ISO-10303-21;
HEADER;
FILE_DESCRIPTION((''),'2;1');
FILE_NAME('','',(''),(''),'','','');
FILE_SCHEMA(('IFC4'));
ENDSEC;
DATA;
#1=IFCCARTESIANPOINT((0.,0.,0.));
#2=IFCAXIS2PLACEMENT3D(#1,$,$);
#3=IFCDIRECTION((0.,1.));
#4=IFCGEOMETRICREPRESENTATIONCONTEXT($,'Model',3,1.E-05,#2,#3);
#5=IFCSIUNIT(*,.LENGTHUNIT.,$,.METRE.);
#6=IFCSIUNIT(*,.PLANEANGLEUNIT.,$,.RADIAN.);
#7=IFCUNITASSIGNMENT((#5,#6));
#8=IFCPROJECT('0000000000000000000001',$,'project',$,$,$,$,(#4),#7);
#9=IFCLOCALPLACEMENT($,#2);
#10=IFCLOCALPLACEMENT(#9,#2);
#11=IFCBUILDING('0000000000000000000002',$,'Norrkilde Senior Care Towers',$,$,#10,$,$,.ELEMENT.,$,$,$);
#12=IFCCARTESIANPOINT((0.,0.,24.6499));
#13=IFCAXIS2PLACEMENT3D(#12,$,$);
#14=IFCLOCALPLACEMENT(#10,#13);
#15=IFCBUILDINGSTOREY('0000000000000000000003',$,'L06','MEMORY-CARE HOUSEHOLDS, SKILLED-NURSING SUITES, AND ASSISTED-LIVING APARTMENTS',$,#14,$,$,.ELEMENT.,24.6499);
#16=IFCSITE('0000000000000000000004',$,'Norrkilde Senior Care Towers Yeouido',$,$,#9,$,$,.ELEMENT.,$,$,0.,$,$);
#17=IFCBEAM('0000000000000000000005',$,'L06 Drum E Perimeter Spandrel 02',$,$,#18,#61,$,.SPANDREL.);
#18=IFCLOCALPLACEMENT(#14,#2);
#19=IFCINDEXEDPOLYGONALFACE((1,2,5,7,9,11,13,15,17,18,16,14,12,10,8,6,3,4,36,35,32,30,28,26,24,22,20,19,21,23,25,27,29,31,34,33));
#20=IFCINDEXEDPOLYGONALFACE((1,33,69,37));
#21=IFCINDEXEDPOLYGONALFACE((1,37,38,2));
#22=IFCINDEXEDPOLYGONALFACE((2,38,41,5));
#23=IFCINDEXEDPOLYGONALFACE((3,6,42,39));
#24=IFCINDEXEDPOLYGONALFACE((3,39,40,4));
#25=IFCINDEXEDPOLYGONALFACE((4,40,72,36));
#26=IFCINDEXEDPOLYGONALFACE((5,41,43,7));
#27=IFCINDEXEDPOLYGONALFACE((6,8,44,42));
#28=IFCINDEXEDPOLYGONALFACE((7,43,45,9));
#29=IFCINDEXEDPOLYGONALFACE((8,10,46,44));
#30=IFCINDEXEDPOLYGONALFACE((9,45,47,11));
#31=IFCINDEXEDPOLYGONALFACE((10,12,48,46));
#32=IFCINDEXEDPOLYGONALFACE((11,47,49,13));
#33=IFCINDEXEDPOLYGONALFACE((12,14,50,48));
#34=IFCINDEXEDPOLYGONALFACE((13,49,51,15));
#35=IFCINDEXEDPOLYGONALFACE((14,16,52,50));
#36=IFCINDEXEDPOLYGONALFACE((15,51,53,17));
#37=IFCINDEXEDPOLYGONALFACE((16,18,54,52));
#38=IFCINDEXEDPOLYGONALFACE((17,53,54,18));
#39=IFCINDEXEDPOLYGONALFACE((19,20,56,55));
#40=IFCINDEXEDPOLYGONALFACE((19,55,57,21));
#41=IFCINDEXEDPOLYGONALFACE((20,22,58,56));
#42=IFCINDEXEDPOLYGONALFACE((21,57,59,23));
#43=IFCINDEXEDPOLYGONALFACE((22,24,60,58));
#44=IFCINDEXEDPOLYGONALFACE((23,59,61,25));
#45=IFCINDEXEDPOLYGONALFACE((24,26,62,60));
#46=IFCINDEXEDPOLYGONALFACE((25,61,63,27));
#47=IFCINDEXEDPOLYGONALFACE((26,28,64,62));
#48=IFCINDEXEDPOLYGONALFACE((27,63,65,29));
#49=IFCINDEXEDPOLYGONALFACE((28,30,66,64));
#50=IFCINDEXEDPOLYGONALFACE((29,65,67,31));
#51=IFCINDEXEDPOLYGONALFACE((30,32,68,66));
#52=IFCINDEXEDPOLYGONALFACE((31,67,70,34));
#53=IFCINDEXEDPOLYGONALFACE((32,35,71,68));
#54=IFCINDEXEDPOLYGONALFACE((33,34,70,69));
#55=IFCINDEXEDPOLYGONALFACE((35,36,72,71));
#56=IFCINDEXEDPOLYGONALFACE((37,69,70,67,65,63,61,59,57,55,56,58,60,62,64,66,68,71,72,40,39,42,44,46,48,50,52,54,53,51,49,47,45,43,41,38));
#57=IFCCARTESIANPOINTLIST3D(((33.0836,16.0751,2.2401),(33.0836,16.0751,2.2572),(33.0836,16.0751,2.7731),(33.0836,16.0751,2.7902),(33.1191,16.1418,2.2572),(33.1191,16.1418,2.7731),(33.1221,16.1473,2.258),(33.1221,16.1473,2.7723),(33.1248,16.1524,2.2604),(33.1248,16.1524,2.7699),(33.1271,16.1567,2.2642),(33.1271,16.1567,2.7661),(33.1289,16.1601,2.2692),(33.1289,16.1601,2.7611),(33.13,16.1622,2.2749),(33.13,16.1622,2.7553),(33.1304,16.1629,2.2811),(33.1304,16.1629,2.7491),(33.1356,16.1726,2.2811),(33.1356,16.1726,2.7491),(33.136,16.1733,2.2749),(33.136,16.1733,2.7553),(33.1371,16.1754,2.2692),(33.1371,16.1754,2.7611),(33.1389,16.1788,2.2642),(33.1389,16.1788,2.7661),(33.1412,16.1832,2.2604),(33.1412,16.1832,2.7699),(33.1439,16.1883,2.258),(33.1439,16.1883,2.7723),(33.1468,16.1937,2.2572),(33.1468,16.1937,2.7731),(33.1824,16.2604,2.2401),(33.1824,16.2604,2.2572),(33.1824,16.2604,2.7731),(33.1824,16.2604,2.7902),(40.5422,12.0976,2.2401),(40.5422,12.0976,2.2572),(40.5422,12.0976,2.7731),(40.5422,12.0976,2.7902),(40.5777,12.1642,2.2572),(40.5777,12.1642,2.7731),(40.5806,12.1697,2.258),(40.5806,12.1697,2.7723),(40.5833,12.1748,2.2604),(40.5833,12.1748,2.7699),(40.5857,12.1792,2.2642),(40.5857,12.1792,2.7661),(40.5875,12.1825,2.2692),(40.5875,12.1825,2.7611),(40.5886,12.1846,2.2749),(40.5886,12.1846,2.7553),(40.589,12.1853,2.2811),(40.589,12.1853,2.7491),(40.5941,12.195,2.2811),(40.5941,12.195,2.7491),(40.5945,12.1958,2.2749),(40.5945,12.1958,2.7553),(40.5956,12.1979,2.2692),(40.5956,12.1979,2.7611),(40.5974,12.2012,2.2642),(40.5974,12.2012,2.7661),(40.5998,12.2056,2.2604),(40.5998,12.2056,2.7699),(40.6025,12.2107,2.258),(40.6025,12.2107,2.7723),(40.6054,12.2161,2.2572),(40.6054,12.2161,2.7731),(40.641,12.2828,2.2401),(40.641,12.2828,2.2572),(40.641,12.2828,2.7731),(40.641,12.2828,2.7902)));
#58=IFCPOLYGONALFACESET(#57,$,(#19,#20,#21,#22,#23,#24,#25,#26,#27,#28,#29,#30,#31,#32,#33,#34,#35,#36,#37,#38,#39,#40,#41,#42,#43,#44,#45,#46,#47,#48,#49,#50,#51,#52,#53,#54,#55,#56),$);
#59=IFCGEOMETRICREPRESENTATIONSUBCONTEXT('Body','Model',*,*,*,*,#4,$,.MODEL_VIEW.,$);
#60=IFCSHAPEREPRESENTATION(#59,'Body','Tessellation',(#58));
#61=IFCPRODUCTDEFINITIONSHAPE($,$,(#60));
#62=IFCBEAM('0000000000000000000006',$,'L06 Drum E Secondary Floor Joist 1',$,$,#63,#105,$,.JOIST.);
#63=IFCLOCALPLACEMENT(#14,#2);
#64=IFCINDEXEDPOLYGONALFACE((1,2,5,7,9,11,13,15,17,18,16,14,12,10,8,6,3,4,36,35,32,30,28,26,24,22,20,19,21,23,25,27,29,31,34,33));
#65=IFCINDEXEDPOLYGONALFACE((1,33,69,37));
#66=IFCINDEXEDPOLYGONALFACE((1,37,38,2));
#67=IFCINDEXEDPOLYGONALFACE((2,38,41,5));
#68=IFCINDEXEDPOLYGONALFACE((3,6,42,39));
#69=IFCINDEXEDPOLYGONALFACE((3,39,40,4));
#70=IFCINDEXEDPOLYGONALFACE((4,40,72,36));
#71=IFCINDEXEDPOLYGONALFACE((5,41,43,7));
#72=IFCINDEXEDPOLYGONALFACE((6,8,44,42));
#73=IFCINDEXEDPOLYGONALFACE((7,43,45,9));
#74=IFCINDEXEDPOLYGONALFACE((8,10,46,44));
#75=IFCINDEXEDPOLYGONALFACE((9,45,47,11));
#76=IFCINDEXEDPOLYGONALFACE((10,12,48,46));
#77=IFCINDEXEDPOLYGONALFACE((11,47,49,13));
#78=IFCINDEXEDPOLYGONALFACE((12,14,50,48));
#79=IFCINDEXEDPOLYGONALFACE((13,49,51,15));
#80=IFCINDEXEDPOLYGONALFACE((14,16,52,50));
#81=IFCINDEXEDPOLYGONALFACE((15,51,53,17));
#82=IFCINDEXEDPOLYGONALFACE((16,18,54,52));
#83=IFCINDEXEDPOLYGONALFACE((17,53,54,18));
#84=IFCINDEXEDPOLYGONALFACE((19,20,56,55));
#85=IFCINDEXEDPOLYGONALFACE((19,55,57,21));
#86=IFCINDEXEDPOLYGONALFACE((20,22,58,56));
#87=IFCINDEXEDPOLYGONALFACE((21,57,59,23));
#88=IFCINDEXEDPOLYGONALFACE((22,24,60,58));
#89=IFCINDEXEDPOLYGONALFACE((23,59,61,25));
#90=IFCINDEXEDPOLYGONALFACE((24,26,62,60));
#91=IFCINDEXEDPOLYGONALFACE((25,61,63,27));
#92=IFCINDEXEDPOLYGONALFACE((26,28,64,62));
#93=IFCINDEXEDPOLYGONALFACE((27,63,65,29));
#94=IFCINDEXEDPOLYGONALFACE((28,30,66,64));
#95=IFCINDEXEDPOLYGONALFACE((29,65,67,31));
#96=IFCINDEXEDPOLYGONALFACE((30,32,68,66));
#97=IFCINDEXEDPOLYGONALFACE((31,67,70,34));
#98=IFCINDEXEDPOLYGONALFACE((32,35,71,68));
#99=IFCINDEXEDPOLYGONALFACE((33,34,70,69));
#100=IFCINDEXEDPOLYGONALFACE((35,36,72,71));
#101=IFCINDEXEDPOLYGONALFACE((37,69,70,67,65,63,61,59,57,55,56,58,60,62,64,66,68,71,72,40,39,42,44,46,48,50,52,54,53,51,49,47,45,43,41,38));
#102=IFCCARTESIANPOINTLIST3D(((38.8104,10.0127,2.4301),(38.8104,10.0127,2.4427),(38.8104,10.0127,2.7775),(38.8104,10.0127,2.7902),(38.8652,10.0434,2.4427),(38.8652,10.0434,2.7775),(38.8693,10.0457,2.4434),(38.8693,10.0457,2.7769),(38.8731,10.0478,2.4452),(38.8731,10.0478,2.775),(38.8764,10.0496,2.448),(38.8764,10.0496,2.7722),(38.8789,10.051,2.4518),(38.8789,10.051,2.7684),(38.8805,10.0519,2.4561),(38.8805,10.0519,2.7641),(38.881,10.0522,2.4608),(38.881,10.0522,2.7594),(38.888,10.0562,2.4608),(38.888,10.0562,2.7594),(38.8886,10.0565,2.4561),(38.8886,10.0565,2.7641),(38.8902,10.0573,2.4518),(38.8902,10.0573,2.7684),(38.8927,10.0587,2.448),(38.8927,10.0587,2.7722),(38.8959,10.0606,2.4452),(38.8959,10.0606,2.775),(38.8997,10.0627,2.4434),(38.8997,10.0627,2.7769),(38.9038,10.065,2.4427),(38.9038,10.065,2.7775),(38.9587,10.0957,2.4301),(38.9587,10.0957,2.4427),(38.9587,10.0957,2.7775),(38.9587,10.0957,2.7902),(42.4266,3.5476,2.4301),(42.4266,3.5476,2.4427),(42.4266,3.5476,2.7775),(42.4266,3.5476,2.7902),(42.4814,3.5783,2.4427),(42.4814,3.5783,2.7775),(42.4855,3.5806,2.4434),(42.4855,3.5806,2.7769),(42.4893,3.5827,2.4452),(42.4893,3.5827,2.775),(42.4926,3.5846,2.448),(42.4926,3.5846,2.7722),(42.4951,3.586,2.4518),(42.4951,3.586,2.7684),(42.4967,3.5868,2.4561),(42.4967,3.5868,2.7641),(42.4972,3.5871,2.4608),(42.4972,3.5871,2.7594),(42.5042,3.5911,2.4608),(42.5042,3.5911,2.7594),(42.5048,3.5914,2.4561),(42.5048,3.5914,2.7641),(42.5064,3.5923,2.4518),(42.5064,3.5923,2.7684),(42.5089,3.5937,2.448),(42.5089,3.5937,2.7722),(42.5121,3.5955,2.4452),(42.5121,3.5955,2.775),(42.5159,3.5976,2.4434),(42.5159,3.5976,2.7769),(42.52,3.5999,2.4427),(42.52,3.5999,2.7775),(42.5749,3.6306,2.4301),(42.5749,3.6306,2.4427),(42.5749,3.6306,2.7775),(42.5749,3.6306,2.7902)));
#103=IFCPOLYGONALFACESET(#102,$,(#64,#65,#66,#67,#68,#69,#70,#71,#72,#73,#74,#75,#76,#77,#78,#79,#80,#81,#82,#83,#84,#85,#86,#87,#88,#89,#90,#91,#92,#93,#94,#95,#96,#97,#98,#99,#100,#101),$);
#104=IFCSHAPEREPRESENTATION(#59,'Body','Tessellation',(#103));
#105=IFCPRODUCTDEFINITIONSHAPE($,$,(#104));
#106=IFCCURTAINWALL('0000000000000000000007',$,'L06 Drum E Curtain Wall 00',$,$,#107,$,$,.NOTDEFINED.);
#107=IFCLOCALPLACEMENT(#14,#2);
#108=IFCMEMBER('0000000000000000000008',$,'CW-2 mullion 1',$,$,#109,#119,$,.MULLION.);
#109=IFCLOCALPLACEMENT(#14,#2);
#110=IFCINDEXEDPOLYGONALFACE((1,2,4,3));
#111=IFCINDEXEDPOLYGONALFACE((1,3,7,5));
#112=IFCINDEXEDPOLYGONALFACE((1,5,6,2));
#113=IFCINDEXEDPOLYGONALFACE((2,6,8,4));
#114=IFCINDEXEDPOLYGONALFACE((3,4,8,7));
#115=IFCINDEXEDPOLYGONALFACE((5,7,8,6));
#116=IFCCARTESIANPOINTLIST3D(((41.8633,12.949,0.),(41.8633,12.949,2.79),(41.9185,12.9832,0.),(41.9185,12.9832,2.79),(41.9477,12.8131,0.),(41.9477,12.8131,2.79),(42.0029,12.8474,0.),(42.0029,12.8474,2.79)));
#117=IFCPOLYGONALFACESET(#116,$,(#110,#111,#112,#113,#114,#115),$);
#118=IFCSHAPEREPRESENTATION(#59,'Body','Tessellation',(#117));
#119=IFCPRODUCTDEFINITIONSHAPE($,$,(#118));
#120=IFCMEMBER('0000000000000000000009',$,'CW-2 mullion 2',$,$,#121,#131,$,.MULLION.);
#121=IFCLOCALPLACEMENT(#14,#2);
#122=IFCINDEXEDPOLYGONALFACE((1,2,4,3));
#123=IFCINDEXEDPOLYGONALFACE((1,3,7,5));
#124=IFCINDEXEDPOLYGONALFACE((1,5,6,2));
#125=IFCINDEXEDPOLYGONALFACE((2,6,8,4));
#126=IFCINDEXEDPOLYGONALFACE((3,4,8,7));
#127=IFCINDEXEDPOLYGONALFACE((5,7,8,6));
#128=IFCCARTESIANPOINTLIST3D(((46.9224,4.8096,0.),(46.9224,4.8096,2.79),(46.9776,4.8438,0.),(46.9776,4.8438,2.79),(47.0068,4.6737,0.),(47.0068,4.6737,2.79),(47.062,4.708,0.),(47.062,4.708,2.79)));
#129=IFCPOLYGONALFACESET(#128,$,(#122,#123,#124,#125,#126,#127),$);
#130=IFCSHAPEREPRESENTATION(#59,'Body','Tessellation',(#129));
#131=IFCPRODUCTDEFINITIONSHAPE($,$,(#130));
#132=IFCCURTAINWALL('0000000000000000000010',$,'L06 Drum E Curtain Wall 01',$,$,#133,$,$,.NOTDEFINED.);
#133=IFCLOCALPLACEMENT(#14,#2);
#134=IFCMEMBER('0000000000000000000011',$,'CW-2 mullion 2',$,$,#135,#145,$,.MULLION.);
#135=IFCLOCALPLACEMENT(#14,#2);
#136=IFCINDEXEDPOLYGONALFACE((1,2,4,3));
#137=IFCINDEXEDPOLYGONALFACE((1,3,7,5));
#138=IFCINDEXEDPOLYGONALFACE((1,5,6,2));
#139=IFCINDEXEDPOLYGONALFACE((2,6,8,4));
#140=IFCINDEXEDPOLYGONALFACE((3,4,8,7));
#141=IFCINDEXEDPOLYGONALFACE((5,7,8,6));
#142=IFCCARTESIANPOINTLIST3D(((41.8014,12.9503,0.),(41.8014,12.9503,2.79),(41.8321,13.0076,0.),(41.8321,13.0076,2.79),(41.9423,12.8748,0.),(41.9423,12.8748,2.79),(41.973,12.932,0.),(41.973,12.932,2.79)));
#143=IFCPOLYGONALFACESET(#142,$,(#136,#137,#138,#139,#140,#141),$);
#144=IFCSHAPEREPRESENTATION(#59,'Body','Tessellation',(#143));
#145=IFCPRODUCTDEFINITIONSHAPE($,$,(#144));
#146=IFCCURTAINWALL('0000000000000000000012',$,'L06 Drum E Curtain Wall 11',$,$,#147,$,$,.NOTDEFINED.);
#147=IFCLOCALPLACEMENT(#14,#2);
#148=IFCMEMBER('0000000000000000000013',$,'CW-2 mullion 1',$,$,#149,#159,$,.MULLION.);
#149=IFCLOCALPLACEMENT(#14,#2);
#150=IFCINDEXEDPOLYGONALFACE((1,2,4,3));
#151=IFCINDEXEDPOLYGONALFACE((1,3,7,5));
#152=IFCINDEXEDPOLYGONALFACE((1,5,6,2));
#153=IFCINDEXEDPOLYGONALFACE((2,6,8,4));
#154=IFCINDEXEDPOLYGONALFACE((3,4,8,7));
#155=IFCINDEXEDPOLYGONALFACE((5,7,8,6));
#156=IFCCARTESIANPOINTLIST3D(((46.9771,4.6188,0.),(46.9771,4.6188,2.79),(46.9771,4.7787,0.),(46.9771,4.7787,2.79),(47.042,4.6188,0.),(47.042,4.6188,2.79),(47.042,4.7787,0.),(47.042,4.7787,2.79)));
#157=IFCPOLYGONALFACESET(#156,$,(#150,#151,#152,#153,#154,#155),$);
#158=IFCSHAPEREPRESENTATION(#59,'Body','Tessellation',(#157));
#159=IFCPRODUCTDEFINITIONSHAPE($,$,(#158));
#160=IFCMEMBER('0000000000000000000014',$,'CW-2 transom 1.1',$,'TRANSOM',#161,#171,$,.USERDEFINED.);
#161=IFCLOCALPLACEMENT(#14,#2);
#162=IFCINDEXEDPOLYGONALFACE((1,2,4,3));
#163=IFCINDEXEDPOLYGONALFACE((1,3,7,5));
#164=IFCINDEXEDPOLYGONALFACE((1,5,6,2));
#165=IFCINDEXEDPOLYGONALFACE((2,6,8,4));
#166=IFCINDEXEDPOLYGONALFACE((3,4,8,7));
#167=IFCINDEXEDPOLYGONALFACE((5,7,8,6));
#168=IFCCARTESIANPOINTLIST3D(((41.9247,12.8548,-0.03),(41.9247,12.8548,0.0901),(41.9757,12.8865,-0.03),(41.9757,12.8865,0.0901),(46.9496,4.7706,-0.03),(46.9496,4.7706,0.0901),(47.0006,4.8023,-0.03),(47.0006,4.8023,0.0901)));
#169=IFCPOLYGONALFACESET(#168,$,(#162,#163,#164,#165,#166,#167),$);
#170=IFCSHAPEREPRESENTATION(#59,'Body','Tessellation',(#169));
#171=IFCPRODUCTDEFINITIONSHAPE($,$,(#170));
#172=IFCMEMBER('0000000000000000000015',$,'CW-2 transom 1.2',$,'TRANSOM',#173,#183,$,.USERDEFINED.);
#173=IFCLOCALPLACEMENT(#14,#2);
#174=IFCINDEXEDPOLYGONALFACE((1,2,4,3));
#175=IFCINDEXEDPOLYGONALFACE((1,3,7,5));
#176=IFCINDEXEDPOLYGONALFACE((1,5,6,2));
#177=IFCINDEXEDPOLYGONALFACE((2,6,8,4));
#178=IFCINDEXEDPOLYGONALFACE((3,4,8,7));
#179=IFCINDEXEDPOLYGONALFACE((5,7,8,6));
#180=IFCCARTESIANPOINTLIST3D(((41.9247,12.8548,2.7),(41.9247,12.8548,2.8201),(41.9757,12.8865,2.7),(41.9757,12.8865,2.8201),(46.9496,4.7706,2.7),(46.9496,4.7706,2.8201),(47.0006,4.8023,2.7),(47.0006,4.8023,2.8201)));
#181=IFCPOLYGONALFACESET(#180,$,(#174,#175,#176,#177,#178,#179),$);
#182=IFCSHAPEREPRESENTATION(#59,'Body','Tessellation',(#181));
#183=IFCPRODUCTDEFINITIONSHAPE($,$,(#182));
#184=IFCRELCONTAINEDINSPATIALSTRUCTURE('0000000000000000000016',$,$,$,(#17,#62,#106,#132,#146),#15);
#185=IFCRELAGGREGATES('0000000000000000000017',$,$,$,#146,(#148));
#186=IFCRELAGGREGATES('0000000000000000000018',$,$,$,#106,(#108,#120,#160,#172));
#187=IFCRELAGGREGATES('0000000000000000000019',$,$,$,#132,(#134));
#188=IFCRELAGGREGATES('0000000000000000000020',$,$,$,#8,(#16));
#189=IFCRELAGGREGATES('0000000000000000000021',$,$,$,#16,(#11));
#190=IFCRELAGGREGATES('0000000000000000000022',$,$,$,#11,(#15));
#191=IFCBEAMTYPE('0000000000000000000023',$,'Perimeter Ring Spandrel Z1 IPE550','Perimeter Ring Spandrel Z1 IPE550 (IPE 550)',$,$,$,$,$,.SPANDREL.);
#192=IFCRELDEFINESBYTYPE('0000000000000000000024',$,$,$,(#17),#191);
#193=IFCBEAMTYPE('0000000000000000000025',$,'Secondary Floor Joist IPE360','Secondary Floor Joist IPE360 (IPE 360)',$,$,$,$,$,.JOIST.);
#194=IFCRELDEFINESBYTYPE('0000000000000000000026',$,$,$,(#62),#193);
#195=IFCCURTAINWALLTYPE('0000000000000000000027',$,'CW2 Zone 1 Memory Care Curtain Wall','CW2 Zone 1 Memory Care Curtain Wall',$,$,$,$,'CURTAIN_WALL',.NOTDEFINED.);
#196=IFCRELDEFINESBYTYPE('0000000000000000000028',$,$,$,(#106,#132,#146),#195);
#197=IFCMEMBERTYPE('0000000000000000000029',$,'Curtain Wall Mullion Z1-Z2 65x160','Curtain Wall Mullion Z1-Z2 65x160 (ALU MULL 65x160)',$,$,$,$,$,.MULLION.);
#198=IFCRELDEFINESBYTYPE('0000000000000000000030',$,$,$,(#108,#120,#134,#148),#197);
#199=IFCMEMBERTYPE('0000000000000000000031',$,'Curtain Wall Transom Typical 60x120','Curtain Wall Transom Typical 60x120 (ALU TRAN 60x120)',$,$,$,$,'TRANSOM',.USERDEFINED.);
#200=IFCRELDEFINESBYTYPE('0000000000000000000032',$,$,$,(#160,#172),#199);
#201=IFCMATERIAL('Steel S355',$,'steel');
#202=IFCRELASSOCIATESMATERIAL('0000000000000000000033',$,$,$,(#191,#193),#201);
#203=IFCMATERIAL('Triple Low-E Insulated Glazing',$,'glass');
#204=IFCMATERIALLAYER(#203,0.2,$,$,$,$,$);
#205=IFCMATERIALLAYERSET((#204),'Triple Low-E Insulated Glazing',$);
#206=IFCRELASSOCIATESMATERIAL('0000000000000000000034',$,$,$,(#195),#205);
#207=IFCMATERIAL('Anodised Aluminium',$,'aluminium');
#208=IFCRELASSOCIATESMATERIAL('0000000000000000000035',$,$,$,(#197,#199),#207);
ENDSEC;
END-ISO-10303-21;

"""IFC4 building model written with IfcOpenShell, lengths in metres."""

from ifc_helpers import new_model, si_unit, direction, frame, origin, origin_2d, place, context, subcontext, project, spatial, rectangle, i_section, extrude, source, transform, mapped, material, layer, layer_set, material_profile, profile_set, type_object, type_shapes, element, aggregate, save


model = new_model("IFC4")

# Units and contexts
model_context = context("Model", 3, precision=1e-05, world=origin(), true_north=direction((0.0, 1.0)))
body_context = subcontext(model_context, "Body", "Model", "MODEL_VIEW")
ifc_project = project(units=[si_unit("LENGTHUNIT", "METRE"), si_unit("PLANEANGLEUNIT", "RADIAN")], contexts=[model_context])

# Site, building, storey
site_placement = place(None, origin())
site = spatial("IfcSite", under=ifc_project, at=site_placement, Name="Norrkilde Senior Care Towers Yeouido", CompositionType="ELEMENT", RefElevation=0.0)
building_placement = place(site_placement, origin())
building = spatial("IfcBuilding", under=site, at=building_placement, Name="Norrkilde Senior Care Towers", CompositionType="ELEMENT")
storey_placement = place(building_placement, frame((0.0, 0.0, 24.6499)))
storey = spatial("IfcBuildingStorey", under=building, at=storey_placement, Name="L06", Description="MEMORY-CARE HOUSEHOLDS, SKILLED-NURSING SUITES, AND ASSISTED-LIVING APARTMENTS", CompositionType="ELEMENT", Elevation=24.6499)

# Beams
ifc_material_1 = material(Name="Steel S355", Category="steel")
ifc_material_profile_1 = material_profile(ifc_material_1, i_section(OverallWidth=0.21, OverallDepth=0.55, WebThickness=0.011, FlangeThickness=0.0171, FilletRadius=0.0239, at=origin_2d()), Name="IPE 550")
ifc_profile_set_1 = profile_set([ifc_material_profile_1], Name="Steel S355")
beam_type_1 = type_object("IfcBeamType", Name="Perimeter Ring Spandrel Z1 IPE550", Description="Perimeter Ring Spandrel Z1 IPE550 (IPE 550)", PredefinedType="SPANDREL", material=ifc_profile_set_1)
shared_shape_1 = source(origin(), body_context, "Body", "SweptSolid", [
    extrude(i_section(OverallWidth=0.21, OverallDepth=0.55, WebThickness=0.011, FlangeThickness=0.0171, FilletRadius=0.0239, at=origin_2d()), origin(), (0.0, 0.0, 1.0), 8.4529),
])
beam_1_placement = place(storey_placement, frame((40.5916, 12.1902, 2.5151), z_axis=(-0.882369, 0.470558, 0.0), x_axis=(-0.470558, -0.882369, 0.0)))
element("IfcBeam", 1, at=beam_1_placement, inside=storey, type_object=beam_type_1, Name="L06 Drum E Perimeter Spandrel 02", PredefinedType="SPANDREL", context=body_context, shape_type="MappedRepresentation", body=[
    mapped(shared_shape_1, transform((0.0, 0.0, 0.0), x_axis=(1.0, 0.0, 0.0), y_axis=(0.0, 1.0, 0.0), z_axis=(0.0, 0.0, 1.0), scale=1.0)),
])
ifc_material_profile_2 = material_profile(ifc_material_1, i_section(OverallWidth=0.1699, OverallDepth=0.3601, WebThickness=0.0081, FlangeThickness=0.0127, FilletRadius=0.0181, at=origin_2d()), Name="IPE 360")
ifc_profile_set_2 = profile_set([ifc_material_profile_2], Name="Steel S355")
beam_type_2 = type_object("IfcBeamType", Name="Secondary Floor Joist IPE360", Description="Secondary Floor Joist IPE360 (IPE 360)", PredefinedType="JOIST", material=ifc_profile_set_2)
shared_shape_2 = source(origin(), body_context, "Body", "SweptSolid", [
    extrude(i_section(OverallWidth=0.1699, OverallDepth=0.3601, WebThickness=0.0081, FlangeThickness=0.0127, FilletRadius=0.0181, at=origin_2d()), origin(), (0.0, 0.0, 1.0), 7.4077),
])
type_shapes(beam_type_2, [shared_shape_2])
beam_2_placement = place(storey_placement, frame((42.5007, 3.5891, 2.6101), z_axis=(-0.488168, 0.87275, 0.0), x_axis=(-0.87275, -0.488168, 0.0)))
element("IfcBeam", 2, at=beam_2_placement, inside=storey, type_object=beam_type_2, Name="L06 Drum E Secondary Floor Joist 1", PredefinedType="JOIST", context=body_context, shape_type="MappedRepresentation", body=[
    mapped(shared_shape_2, transform((0.0, 0.0, 0.0), x_axis=(1.0, 0.0, 0.0), y_axis=(0.0, 1.0, 0.0), z_axis=(0.0, 0.0, 1.0), scale=1.0)),
])

# Curtain wall, members
ifc_material_2 = material(Name="Triple Low-E Insulated Glazing", Category="glass")
ifc_layer_1 = layer(ifc_material_2, 0.2)
ifc_layer_set_1 = layer_set([ifc_layer_1], Name="Triple Low-E Insulated Glazing")
curtain_wall_type = type_object("IfcCurtainWallType", Name="CW2 Zone 1 Memory Care Curtain Wall", Description="CW2 Zone 1 Memory Care Curtain Wall", ElementType="CURTAIN_WALL", PredefinedType="NOTDEFINED", material=ifc_layer_set_1)
curtain_wall_1_placement = place(storey_placement, origin())
curtain_wall_1 = element("IfcCurtainWall", 3, at=curtain_wall_1_placement, inside=storey, type_object=curtain_wall_type, Name="L06 Drum E Curtain Wall 00", PredefinedType="NOTDEFINED")
ifc_material_3 = material(Name="Anodised Aluminium", Category="aluminium")
ifc_material_profile_3 = material_profile(ifc_material_3, rectangle(XDim=0.0649, YDim=0.1599, at=origin_2d()), Name="ALU MULL 65x160")
ifc_profile_set_3 = profile_set([ifc_material_profile_3], Name="Anodised Aluminium")
member_type_1 = type_object("IfcMemberType", Name="Curtain Wall Mullion Z1-Z2 65x160", Description="Curtain Wall Mullion Z1-Z2 65x160 (ALU MULL 65x160)", PredefinedType="MULLION", material=ifc_profile_set_3)
shared_shape_3 = source(origin(), body_context, "Body", "SweptSolid", [
    extrude(rectangle(XDim=0.0649, YDim=0.1599, at=origin_2d()), origin(), (0.0, 0.0, 1.0), 2.79),
])
type_shapes(member_type_1, [shared_shape_3])
member_1_placement = place(storey_placement, frame((41.9331, 12.8982, 0.0), z_axis=(0.0, 0.0, 1.0), x_axis=(0.849306, 0.527901, 0.0)))
member_1 = element("IfcMember", 4, at=member_1_placement, type_object=member_type_1, Name="CW-2 mullion 1", PredefinedType="MULLION", context=body_context, shape_type="MappedRepresentation", body=[
    mapped(shared_shape_3, transform((0.0, 0.0, 0.0), x_axis=(1.0, 0.0, 0.0), y_axis=(0.0, 1.0, 0.0), z_axis=(0.0, 0.0, 1.0), scale=1.0)),
])
member_2_placement = place(storey_placement, frame((46.9922, 4.7588, 0.0), z_axis=(0.0, 0.0, 1.0), x_axis=(0.849306, 0.527901, 0.0)))
member_2 = element("IfcMember", 5, at=member_2_placement, type_object=member_type_1, Name="CW-2 mullion 2", PredefinedType="MULLION", context=body_context, shape_type="MappedRepresentation", body=[
    mapped(shared_shape_3, transform((0.0, 0.0, 0.0), x_axis=(1.0, 0.0, 0.0), y_axis=(0.0, 1.0, 0.0), z_axis=(0.0, 0.0, 1.0), scale=1.0)),
])

# Curtain walls, members
curtain_wall_2_placement = place(storey_placement, origin())
curtain_wall_2 = element("IfcCurtainWall", 6, at=curtain_wall_2_placement, inside=storey, type_object=curtain_wall_type, Name="L06 Drum E Curtain Wall 01", PredefinedType="NOTDEFINED")
member_3_placement = place(storey_placement, frame((41.8872, 12.9412, 0.0), z_axis=(0.0, 0.0, 1.0), x_axis=(0.472608, 0.881273, 0.0)))
member_3 = element("IfcMember", 7, at=member_3_placement, type_object=member_type_1, Name="CW-2 mullion 2", PredefinedType="MULLION", context=body_context, shape_type="MappedRepresentation", body=[
    mapped(shared_shape_3, transform((0.0, 0.0, 0.0), x_axis=(1.0, 0.0, 0.0), y_axis=(0.0, 1.0, 0.0), z_axis=(0.0, 0.0, 1.0), scale=1.0)),
])
curtain_wall_3_placement = place(storey_placement, origin())
curtain_wall_3 = element("IfcCurtainWall", 8, at=curtain_wall_3_placement, inside=storey, type_object=curtain_wall_type, Name="L06 Drum E Curtain Wall 11", PredefinedType="NOTDEFINED")
member_4_placement = place(storey_placement, frame((47.0095, 4.6987, 0.0), z_axis=(0.0, 0.0, 1.0), x_axis=(1.0, 0.0, 0.0)))
member_4 = element("IfcMember", 9, at=member_4_placement, type_object=member_type_1, Name="CW-2 mullion 1", PredefinedType="MULLION", context=body_context, shape_type="MappedRepresentation", body=[
    mapped(shared_shape_3, transform((0.0, 0.0, 0.0), x_axis=(1.0, 0.0, 0.0), y_axis=(0.0, 1.0, 0.0), z_axis=(0.0, 0.0, 1.0), scale=1.0)),
])

# Members
ifc_material_profile_4 = material_profile(ifc_material_3, rectangle(XDim=0.0601, YDim=0.1201, at=origin_2d()), Name="ALU TRAN 60x120")
ifc_profile_set_4 = profile_set([ifc_material_profile_4], Name="Anodised Aluminium")
member_type_2 = type_object("IfcMemberType", Name="Curtain Wall Transom Typical 60x120", Description="Curtain Wall Transom Typical 60x120 (ALU TRAN 60x120)", ElementType="TRANSOM", PredefinedType="USERDEFINED", material=ifc_profile_set_4)
shared_shape_4 = source(origin(), body_context, "Body", "SweptSolid", [
    extrude(rectangle(XDim=0.0601, YDim=0.1201, at=origin_2d()), origin(), (0.0, 0.0, 1.0), 9.5186),
])
member_5_placement = place(storey_placement, frame((41.9502, 12.8706, 0.03), z_axis=(0.527902, -0.849306, 0.0), x_axis=(0.849306, 0.527902, 0.0)))
member_5 = element("IfcMember", 10, at=member_5_placement, type_object=member_type_2, Name="CW-2 transom 1.1", ObjectType="TRANSOM", PredefinedType="USERDEFINED", context=body_context, shape_type="MappedRepresentation", body=[
    mapped(shared_shape_4, transform((0.0, 0.0, 0.0), x_axis=(1.0, 0.0, 0.0), y_axis=(0.0, 1.0, 0.0), z_axis=(0.0, 0.0, 1.0), scale=1.0)),
])
member_6_placement = place(storey_placement, frame((41.9502, 12.8706, 2.76), z_axis=(0.527902, -0.849306, 0.0), x_axis=(0.849306, 0.527902, 0.0)))
member_6 = element("IfcMember", 11, at=member_6_placement, type_object=member_type_2, Name="CW-2 transom 1.2", ObjectType="TRANSOM", PredefinedType="USERDEFINED", context=body_context, shape_type="MappedRepresentation", body=[
    mapped(shared_shape_4, transform((0.0, 0.0, 0.0), x_axis=(1.0, 0.0, 0.0), y_axis=(0.0, 1.0, 0.0), z_axis=(0.0, 0.0, 1.0), scale=1.0)),
])
aggregate(curtain_wall_3, [member_4])

aggregate(curtain_wall_1, [member_1, member_2, member_5, member_6])
aggregate(curtain_wall_2, [member_3])

save(model, "model.ifc")
